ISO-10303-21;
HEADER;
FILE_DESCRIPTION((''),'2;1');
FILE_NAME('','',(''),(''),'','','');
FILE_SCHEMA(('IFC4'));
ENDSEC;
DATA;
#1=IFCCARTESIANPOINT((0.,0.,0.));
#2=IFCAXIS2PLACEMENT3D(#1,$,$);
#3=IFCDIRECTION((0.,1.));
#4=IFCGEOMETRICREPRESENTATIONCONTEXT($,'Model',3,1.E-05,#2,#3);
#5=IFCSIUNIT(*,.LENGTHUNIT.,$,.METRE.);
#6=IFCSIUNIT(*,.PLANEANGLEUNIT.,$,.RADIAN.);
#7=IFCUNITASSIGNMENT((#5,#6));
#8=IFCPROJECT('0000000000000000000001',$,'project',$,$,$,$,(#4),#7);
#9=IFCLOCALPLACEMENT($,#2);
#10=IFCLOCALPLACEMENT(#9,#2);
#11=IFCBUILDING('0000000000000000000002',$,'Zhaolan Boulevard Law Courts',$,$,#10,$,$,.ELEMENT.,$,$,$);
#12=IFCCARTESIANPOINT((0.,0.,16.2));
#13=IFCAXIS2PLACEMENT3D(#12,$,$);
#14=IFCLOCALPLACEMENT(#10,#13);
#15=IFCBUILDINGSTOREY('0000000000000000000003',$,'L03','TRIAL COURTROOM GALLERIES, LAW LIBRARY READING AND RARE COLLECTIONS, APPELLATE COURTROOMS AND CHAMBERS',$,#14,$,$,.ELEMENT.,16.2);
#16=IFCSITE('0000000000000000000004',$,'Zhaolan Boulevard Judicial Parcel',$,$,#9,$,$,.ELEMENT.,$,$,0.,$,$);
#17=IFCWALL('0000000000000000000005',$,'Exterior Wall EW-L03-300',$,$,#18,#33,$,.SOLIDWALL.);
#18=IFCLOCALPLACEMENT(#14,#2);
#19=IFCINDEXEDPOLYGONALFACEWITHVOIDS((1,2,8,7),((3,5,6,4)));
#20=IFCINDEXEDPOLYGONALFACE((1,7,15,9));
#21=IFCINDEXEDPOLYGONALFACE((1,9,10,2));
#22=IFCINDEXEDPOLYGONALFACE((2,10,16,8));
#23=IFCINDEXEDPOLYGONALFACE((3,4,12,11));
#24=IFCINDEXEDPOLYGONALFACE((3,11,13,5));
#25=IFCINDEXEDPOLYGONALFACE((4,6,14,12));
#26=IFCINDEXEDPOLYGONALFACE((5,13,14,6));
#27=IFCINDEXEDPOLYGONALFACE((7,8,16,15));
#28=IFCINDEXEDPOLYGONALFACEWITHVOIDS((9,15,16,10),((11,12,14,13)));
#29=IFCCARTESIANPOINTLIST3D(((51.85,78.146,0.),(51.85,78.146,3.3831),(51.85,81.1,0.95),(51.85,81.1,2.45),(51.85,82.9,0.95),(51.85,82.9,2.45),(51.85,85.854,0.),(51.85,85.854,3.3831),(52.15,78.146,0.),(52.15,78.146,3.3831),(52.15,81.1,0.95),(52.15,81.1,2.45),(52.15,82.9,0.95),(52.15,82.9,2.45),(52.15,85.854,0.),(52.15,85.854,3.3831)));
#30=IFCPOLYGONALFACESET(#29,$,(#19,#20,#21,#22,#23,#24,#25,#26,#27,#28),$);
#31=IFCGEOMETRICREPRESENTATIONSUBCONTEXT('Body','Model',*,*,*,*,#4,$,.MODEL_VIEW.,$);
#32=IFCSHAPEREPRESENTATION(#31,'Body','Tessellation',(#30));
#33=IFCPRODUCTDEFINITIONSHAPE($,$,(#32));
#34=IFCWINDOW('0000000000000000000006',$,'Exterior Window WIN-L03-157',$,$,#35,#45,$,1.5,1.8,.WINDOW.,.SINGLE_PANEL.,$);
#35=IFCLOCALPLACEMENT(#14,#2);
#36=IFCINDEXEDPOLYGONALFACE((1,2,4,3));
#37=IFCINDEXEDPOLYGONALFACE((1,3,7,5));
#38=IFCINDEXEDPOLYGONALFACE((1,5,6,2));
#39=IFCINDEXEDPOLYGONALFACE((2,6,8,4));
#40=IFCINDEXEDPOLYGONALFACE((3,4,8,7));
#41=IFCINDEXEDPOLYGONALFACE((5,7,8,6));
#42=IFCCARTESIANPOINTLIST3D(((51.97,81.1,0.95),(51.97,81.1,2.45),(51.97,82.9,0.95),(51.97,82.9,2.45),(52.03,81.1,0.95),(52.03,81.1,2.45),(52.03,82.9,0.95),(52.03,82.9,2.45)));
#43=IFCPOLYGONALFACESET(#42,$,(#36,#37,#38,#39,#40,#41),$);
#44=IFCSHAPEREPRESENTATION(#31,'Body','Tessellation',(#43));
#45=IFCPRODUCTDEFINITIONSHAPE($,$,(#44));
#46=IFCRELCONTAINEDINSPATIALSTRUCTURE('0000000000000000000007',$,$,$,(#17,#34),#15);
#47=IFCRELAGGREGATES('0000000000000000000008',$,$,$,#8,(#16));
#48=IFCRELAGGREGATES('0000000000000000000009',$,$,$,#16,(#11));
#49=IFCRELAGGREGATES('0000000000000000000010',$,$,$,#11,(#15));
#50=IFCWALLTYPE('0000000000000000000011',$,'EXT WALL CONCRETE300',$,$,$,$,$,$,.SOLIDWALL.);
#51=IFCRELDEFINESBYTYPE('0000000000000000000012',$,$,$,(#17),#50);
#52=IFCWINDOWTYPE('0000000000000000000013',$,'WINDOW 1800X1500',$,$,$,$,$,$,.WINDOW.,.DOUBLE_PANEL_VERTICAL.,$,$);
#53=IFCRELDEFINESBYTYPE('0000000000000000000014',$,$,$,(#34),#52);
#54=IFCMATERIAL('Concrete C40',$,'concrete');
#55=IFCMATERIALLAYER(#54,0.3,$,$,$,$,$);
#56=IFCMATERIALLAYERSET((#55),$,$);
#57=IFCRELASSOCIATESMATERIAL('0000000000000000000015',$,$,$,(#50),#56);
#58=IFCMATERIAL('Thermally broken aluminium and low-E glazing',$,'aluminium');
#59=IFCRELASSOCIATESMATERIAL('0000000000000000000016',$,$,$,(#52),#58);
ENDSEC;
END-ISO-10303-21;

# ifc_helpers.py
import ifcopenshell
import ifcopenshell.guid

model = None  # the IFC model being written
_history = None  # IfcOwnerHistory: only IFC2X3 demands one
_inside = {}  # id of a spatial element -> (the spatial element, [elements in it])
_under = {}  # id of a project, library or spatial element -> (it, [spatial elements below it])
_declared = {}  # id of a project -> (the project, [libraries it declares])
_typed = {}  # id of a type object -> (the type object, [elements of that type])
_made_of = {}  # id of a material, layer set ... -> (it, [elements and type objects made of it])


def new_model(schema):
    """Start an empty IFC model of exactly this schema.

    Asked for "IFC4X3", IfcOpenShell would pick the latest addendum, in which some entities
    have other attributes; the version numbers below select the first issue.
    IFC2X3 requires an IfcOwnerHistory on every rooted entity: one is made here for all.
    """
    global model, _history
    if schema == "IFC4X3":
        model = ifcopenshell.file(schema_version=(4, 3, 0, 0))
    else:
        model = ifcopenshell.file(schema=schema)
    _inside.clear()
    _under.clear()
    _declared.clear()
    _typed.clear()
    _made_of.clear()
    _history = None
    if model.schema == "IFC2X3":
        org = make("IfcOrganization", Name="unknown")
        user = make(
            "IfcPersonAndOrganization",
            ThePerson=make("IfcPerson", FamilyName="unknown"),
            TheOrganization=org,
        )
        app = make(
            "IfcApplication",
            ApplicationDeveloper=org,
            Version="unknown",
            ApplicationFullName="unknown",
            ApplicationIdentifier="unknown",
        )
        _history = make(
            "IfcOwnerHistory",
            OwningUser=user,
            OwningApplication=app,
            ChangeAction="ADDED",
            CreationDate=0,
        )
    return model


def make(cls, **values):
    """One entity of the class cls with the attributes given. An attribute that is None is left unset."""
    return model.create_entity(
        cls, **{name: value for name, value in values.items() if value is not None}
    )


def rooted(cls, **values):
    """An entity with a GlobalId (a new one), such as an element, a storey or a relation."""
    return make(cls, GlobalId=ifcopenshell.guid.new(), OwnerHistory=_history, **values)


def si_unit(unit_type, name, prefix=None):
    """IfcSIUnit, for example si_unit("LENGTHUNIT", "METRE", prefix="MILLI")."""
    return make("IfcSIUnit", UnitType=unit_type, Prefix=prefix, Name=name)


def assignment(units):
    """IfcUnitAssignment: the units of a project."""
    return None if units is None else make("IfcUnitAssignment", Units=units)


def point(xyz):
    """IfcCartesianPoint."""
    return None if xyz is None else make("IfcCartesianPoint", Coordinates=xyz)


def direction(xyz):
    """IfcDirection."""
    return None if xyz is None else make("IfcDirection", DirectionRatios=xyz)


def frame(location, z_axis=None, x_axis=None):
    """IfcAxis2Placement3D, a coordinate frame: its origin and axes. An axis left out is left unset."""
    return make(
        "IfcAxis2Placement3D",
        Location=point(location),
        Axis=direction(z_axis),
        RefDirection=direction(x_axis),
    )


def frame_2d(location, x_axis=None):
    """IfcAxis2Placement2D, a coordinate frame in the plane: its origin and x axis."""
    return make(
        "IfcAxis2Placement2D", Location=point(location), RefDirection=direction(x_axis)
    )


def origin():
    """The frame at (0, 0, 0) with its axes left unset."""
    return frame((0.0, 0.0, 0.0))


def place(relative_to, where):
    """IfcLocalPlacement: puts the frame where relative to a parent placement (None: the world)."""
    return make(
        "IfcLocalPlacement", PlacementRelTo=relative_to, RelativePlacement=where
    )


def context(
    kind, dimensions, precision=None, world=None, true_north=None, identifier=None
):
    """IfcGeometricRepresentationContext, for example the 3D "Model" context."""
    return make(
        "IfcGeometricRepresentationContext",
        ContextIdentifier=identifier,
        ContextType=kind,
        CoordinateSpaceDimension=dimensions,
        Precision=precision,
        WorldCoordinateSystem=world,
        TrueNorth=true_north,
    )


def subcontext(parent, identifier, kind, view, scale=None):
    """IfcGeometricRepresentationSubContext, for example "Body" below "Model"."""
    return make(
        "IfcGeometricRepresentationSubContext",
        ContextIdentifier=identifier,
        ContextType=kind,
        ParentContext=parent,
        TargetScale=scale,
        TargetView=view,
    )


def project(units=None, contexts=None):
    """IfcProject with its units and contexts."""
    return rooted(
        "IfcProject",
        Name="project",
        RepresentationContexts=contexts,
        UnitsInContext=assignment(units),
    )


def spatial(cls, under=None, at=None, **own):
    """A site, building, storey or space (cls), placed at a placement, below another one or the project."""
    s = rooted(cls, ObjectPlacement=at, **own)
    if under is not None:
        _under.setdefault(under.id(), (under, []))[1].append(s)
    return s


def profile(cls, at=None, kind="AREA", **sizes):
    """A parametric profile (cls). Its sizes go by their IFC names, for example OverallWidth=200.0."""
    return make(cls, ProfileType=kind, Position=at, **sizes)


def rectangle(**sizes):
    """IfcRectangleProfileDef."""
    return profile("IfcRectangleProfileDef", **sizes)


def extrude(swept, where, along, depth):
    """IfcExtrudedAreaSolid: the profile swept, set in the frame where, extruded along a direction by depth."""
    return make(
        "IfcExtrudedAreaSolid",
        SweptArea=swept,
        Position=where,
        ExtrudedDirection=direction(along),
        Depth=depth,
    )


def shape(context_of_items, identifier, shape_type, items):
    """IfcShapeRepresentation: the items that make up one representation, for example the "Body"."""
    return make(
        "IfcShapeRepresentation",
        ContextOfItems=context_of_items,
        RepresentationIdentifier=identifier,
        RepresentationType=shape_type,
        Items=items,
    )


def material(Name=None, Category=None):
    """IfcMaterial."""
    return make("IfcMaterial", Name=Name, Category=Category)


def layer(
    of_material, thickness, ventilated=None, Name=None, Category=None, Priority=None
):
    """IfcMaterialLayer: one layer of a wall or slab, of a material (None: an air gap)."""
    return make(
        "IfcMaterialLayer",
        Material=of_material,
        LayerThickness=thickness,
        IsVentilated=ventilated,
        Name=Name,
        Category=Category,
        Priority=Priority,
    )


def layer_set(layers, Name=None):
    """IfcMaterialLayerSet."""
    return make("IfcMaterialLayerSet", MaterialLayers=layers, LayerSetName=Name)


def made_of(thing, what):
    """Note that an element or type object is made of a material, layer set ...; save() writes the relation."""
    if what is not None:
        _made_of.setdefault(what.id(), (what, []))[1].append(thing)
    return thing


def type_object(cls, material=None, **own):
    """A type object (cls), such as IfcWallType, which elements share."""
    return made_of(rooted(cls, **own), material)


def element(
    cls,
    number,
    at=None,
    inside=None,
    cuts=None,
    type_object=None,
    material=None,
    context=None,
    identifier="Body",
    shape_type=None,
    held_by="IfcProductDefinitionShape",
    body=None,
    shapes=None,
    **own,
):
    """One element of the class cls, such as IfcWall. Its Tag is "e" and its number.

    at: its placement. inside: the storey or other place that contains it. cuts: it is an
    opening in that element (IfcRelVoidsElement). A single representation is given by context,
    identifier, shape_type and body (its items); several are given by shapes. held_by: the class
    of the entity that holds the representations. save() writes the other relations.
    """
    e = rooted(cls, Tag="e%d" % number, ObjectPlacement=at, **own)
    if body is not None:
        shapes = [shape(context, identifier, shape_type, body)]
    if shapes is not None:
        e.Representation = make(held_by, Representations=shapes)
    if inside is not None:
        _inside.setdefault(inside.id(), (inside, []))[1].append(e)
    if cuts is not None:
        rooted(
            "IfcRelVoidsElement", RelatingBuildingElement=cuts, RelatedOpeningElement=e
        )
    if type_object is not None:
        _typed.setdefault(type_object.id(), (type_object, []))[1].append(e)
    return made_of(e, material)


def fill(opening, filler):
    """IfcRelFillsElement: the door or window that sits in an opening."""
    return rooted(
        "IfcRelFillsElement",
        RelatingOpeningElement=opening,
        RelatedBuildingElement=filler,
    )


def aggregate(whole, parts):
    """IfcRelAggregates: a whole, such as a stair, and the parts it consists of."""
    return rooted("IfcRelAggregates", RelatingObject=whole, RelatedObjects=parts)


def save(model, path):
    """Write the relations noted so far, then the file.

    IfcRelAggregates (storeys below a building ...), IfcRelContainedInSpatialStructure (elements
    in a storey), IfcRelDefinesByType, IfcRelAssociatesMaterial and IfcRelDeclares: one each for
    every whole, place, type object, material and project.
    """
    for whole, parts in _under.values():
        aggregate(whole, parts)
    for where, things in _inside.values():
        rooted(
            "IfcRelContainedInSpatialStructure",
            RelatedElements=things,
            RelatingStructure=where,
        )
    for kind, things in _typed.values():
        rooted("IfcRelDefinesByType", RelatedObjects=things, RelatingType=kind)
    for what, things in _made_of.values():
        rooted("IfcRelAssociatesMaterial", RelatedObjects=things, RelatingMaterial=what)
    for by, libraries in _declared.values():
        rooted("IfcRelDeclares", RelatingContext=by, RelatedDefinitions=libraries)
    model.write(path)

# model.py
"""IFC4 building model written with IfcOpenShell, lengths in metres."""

from ifc_helpers import new_model, si_unit, direction, frame, frame_2d, origin, place, context, subcontext, project, spatial, rectangle, extrude, material, layer, layer_set, type_object, element, fill, save


model = new_model("IFC4")

# Units and contexts
model_context = context("Model", 3, precision=1e-05, world=origin(), true_north=direction((0.0, 1.0)))
body_context = subcontext(model_context, "Body", "Model", "MODEL_VIEW")
ifc_project = project(units=[si_unit("LENGTHUNIT", "METRE"), si_unit("PLANEANGLEUNIT", "RADIAN")], contexts=[model_context])

# Site, building, storey
site_placement = place(None, origin())
site = spatial("IfcSite", under=ifc_project, at=site_placement, Name="Zhaolan Boulevard Judicial Parcel", CompositionType="ELEMENT", RefElevation=0.0)
building_placement = place(site_placement, origin())
building = spatial("IfcBuilding", under=site, at=building_placement, Name="Zhaolan Boulevard Law Courts", CompositionType="ELEMENT")
storey_placement = place(building_placement, frame((0.0, 0.0, 16.2)))
storey = spatial("IfcBuildingStorey", under=building, at=storey_placement, Name="L03", Description="TRIAL COURTROOM GALLERIES, LAW LIBRARY READING AND RARE COLLECTIONS, APPELLATE COURTROOMS AND CHAMBERS", CompositionType="ELEMENT", Elevation=16.2)

# Wall, opening, window
ifc_material_1 = material(Name="Concrete C40", Category="concrete")
ifc_layer_1 = layer(ifc_material_1, 0.3)
ifc_layer_set_1 = layer_set([ifc_layer_1])
wall_type_1 = type_object("IfcWallType", Name="EXT WALL CONCRETE300", PredefinedType="SOLIDWALL", material=ifc_layer_set_1)
wall_1_placement = place(storey_placement, frame((52.0, 85.854, 0.0), z_axis=(0.0, 0.0, 1.0), x_axis=(0.0, -1.0, 0.0)))
wall_1 = element("IfcWall", 1, at=wall_1_placement, inside=storey, type_object=wall_type_1, Name="Exterior Wall EW-L03-300", PredefinedType="SOLIDWALL", context=body_context, shape_type="SweptSolid", body=[
    extrude(rectangle(XDim=7.708, YDim=0.3, at=frame_2d((3.854, 0.0))), origin(), (0.0, 0.0, 1.0), 3.3831),
])
opening_1_placement = place(wall_1_placement, frame((2.9541, 0.0, 0.95)))
opening_1 = element("IfcOpeningElement", 2, at=opening_1_placement, cuts=wall_1, PredefinedType="OPENING", context=body_context, shape_type="SweptSolid", body=[
    extrude(rectangle(XDim=1.8, YDim=1.5, at=frame_2d((0.8999, 0.75))), frame((0.0, 0.1599, 0.0), z_axis=(0.0, -1.0, 0.0), x_axis=(1.0, 0.0, 0.0)), (0.0, 0.0, 1.0), 0.3201),
])
ifc_material_2 = material(Name="Thermally broken aluminium and low-E glazing", Category="aluminium")
window_type_1 = type_object("IfcWindowType", Name="WINDOW 1800X1500", PartitioningType="DOUBLE_PANEL_VERTICAL", PredefinedType="WINDOW", material=ifc_material_2)
window_1_placement = place(opening_1_placement, origin())
window_1 = element("IfcWindow", 3, at=window_1_placement, inside=storey, type_object=window_type_1, Name="Exterior Window WIN-L03-157", OverallHeight=1.5, OverallWidth=1.8, PartitioningType="SINGLE_PANEL", PredefinedType="WINDOW", context=body_context, shape_type="SweptSolid", body=[
    extrude(rectangle(XDim=1.8, YDim=1.5, at=frame_2d((0.8999, 0.75))), frame((0.0, 0.03, 0.0), z_axis=(0.0, -1.0, 0.0), x_axis=(1.0, 0.0, 0.0)), (0.0, 0.0, 1.0), 0.0601),
])
fill(opening_1, window_1)

save(model, "model.ifc")
